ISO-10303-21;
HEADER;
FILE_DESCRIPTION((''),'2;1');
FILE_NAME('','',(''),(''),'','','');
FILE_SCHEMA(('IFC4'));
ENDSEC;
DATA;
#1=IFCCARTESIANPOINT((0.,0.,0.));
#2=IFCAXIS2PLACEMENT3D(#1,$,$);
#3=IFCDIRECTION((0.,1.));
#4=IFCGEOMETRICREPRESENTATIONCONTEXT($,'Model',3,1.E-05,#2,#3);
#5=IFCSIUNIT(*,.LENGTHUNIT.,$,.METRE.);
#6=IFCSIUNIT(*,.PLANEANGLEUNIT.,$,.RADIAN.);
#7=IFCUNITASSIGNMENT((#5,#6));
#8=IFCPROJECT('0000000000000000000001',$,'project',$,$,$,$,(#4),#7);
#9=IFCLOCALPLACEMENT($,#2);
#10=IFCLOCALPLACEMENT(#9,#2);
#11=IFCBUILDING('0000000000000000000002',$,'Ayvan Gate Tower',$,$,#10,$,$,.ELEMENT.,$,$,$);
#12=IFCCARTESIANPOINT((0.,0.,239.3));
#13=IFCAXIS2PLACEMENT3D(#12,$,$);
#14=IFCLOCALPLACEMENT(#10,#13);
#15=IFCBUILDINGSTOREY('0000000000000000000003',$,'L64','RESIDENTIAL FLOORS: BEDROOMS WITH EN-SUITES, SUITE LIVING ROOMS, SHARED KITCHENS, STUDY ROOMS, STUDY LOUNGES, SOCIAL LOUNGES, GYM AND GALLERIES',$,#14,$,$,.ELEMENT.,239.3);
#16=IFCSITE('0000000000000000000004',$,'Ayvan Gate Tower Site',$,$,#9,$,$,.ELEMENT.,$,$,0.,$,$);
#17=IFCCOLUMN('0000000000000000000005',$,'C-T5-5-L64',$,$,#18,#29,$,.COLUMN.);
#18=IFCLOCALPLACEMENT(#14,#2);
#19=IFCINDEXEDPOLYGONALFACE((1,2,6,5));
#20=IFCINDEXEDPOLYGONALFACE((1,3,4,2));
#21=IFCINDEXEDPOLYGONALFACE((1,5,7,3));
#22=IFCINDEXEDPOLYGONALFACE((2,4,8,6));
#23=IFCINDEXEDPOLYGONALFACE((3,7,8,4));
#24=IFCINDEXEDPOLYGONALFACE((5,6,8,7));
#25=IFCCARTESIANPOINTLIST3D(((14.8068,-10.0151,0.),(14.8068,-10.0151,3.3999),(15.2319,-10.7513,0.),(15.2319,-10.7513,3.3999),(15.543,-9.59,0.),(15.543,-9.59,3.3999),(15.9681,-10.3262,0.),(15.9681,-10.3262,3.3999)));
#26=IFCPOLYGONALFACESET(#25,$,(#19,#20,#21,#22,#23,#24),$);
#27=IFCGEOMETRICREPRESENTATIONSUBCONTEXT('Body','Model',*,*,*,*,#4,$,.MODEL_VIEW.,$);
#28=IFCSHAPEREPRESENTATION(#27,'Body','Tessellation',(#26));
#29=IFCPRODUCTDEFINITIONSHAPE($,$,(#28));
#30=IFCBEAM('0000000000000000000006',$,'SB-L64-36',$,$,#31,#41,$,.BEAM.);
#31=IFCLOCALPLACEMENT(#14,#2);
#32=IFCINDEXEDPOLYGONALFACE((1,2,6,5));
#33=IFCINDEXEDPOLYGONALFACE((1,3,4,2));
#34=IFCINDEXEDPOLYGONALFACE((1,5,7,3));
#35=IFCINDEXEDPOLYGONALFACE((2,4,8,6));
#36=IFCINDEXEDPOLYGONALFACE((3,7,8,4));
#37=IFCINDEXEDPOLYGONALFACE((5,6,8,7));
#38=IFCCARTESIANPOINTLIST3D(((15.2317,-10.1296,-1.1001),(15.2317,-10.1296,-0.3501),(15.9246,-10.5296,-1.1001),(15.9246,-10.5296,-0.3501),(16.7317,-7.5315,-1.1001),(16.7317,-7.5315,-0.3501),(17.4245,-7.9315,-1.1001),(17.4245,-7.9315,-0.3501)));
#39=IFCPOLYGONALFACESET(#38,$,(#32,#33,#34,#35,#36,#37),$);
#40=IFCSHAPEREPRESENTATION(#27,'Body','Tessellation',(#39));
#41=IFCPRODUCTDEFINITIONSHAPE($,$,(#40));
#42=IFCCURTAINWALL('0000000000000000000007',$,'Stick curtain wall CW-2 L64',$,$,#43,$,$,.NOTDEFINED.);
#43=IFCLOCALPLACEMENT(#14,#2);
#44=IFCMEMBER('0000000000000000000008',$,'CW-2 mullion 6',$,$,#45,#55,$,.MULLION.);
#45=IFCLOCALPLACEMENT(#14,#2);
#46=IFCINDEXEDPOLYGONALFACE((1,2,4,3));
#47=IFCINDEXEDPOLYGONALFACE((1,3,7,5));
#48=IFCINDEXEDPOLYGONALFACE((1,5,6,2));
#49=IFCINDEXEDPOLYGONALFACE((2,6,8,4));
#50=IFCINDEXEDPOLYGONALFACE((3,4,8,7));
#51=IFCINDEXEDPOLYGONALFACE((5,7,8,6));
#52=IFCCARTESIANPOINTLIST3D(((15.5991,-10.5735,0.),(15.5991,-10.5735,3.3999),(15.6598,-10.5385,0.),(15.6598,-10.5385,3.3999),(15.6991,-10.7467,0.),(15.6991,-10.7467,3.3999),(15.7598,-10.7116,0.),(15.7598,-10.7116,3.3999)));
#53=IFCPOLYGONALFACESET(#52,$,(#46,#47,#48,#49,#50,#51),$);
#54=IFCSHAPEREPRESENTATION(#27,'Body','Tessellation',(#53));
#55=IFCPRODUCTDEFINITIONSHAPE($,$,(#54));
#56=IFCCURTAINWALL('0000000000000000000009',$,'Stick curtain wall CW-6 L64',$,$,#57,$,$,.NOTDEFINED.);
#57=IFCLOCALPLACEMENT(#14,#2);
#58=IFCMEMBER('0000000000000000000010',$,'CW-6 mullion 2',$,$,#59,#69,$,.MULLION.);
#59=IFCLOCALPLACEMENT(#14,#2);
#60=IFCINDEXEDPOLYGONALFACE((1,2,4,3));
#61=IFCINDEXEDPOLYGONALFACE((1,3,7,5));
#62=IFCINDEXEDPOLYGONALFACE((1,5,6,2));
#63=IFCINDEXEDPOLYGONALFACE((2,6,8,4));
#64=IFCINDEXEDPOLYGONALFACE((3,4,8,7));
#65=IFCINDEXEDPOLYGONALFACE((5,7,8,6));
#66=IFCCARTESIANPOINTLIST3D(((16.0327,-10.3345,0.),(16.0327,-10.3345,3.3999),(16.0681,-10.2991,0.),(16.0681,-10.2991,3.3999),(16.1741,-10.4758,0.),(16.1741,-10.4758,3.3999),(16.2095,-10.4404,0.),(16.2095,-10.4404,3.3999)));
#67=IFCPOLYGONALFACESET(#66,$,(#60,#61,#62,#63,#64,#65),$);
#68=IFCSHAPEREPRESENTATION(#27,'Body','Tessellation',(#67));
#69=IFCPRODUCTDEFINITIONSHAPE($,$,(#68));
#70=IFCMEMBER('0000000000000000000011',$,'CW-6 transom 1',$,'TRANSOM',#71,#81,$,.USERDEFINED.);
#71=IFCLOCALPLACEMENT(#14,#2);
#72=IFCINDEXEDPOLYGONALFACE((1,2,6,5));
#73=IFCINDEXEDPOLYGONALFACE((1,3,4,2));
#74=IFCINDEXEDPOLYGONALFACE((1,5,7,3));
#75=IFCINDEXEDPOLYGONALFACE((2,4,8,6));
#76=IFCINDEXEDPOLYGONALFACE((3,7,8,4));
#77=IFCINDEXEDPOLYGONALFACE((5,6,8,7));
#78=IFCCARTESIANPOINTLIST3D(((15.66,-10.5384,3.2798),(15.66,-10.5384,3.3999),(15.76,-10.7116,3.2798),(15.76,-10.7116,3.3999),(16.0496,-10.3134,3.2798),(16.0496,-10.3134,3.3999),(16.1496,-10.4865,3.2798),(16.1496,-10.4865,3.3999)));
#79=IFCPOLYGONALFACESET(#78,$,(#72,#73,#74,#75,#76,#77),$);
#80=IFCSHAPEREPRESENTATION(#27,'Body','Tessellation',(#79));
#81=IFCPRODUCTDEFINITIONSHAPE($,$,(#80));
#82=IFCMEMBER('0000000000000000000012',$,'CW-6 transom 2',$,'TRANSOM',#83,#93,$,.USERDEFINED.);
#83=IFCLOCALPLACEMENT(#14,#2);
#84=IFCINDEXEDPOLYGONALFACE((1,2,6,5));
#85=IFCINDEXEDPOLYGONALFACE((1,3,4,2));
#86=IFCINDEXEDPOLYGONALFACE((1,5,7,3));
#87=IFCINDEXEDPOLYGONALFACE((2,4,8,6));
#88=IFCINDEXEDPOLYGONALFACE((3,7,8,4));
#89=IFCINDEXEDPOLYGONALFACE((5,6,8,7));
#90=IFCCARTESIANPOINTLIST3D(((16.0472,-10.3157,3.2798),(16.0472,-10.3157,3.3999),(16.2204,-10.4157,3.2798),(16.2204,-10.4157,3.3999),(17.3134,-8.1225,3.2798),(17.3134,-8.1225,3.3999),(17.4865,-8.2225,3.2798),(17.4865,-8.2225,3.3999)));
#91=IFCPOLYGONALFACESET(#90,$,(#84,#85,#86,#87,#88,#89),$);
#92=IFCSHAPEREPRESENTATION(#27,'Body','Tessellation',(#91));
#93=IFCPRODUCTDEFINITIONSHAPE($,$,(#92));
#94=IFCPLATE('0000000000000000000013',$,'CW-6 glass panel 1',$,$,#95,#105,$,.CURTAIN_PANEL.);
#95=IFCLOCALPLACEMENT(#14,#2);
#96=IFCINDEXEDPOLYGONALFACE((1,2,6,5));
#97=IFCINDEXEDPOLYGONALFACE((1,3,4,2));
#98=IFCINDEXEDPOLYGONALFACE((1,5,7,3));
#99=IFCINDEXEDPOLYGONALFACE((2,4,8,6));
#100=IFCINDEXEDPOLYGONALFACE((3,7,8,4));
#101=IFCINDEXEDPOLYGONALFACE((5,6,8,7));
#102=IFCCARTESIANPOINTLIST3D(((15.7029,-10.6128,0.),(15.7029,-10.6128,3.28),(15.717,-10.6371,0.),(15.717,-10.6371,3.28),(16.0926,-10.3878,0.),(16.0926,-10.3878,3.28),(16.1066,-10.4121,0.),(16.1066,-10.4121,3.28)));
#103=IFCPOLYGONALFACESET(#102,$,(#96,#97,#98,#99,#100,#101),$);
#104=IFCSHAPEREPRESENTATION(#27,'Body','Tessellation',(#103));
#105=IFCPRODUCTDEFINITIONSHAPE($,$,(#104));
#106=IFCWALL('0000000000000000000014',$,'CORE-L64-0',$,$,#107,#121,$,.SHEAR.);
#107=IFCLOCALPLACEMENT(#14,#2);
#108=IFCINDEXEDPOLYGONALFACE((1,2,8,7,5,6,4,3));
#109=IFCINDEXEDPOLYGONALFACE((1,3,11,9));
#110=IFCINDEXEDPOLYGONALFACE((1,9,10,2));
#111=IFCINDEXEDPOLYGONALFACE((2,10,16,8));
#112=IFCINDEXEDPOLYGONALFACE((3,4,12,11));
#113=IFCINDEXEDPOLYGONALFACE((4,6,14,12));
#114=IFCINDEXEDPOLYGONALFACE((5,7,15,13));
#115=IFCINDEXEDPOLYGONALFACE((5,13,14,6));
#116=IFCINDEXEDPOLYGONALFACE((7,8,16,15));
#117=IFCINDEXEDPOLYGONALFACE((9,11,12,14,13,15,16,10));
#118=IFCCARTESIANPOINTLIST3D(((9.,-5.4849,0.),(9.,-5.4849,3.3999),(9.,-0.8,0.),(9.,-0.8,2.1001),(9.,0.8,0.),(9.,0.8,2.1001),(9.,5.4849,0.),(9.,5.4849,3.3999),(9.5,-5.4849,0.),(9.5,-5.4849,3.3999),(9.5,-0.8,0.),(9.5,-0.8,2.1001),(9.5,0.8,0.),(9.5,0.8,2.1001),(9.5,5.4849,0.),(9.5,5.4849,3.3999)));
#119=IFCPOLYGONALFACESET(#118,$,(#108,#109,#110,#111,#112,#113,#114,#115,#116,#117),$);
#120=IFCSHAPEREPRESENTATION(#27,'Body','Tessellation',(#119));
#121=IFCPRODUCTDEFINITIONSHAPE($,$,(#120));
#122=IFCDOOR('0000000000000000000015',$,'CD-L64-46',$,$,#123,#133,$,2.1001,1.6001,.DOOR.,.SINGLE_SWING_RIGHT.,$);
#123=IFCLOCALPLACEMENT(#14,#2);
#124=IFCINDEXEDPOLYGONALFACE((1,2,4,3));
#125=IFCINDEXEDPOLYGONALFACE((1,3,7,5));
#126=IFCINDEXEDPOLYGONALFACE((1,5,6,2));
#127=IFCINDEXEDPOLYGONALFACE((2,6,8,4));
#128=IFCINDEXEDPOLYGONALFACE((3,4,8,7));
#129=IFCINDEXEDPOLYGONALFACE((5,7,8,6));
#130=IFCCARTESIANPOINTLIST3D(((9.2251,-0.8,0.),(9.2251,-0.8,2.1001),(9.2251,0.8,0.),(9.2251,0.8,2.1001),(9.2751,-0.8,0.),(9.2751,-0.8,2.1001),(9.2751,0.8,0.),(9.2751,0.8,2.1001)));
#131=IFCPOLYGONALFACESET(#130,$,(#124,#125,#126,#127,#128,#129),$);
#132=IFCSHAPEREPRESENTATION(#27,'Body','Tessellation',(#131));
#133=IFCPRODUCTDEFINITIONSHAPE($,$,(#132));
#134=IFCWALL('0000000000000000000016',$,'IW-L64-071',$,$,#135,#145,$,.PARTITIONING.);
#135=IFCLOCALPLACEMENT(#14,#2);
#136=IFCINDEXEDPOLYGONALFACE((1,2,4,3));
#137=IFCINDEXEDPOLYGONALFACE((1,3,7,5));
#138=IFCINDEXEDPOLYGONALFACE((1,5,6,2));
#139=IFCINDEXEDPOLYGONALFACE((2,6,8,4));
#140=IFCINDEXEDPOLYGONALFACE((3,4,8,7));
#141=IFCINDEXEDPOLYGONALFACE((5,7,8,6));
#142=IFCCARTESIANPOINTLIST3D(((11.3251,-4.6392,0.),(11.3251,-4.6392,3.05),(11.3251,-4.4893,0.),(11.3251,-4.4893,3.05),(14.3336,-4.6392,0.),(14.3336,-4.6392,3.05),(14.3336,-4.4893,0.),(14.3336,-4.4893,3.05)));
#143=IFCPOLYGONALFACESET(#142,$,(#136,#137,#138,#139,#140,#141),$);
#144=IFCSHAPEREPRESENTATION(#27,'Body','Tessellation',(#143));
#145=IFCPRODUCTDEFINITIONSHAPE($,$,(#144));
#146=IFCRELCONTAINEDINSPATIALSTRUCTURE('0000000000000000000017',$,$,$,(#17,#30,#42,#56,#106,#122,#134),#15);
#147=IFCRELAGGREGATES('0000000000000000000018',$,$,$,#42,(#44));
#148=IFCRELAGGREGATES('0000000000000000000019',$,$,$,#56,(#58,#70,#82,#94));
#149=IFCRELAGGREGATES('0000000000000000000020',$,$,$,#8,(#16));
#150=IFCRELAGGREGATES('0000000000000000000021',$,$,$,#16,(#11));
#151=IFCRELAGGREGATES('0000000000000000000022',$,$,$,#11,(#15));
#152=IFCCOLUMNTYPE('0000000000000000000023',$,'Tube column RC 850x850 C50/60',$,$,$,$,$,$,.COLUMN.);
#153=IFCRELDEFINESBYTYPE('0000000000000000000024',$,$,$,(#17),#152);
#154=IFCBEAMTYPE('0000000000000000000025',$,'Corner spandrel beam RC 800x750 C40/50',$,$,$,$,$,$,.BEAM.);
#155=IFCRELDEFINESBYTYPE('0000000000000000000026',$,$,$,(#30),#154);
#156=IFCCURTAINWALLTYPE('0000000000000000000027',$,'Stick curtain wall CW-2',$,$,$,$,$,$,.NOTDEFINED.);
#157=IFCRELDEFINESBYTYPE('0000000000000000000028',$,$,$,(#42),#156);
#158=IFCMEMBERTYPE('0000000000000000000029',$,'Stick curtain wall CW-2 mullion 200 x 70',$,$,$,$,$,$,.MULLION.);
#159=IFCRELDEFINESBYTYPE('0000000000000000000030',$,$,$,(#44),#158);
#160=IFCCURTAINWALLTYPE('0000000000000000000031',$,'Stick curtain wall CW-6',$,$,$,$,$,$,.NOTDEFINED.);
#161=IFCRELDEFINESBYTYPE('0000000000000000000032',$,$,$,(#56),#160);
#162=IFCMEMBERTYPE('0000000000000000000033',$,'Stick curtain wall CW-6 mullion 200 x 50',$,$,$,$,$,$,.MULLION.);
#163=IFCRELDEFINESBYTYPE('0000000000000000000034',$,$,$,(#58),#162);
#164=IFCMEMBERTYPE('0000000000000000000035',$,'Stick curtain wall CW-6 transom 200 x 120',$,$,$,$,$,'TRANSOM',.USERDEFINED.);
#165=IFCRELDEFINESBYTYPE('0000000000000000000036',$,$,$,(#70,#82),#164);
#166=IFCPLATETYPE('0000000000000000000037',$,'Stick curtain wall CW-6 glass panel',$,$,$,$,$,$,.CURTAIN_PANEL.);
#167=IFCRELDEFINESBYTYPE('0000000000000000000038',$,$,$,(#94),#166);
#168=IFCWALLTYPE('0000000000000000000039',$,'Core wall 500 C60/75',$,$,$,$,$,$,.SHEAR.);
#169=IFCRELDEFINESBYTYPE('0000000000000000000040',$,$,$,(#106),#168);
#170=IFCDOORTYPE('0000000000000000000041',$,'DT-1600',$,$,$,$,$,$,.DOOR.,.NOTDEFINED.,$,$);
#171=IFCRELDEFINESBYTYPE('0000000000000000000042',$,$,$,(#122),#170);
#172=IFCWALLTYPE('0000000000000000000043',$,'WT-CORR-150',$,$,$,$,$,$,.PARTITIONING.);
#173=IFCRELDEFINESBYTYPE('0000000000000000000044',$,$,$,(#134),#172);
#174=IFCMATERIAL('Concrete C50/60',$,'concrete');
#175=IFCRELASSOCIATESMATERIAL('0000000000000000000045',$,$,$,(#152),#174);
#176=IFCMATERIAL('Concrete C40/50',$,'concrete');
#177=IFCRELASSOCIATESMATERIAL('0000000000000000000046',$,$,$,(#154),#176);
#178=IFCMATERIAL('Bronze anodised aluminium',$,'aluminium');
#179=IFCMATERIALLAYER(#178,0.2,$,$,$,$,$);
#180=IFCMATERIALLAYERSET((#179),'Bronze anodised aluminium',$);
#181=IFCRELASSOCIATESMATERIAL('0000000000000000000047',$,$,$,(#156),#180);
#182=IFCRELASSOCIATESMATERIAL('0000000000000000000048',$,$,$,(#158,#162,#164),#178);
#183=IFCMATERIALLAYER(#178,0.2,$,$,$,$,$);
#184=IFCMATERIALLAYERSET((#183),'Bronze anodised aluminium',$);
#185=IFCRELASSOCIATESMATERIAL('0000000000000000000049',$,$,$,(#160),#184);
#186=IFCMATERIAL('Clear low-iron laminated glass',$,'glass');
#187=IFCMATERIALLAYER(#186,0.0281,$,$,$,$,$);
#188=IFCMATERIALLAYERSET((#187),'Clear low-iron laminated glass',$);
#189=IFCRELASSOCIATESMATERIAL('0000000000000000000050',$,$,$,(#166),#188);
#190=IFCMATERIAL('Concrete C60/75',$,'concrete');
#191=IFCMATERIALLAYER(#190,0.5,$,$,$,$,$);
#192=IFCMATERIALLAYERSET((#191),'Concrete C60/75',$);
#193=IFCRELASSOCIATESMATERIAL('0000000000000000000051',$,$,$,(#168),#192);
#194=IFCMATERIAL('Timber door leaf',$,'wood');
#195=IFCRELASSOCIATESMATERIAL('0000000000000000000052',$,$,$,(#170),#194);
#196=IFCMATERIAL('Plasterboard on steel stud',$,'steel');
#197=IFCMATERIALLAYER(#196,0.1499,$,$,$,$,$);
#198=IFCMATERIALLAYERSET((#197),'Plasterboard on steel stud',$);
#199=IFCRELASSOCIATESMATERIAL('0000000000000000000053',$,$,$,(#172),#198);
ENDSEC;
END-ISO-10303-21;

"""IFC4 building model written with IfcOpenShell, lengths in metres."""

from ifc_helpers import new_model, si_unit, direction, frame, frame_2d, origin, origin_2d, place, context, subcontext, project, spatial, rectangle, extrude, material, layer, layer_set, material_profile, profile_set, type_object, element, fill, aggregate, save


model = new_model("IFC4")

# Units and contexts
model_context = context("Model", 3, precision=1e-05, world=origin(), true_north=direction((0.0, 1.0)))
body_context = subcontext(model_context, "Body", "Model", "MODEL_VIEW")
ifc_project = project(units=[si_unit("LENGTHUNIT", "METRE"), si_unit("PLANEANGLEUNIT", "RADIAN")], contexts=[model_context])

# Site, building, storey
site_placement = place(None, origin())
site = spatial("IfcSite", under=ifc_project, at=site_placement, Name="Ayvan Gate Tower Site", CompositionType="ELEMENT", RefElevation=0.0)
building_placement = place(site_placement, origin())
building = spatial("IfcBuilding", under=site, at=building_placement, Name="Ayvan Gate Tower", CompositionType="ELEMENT")
storey_placement = place(building_placement, frame((0.0, 0.0, 239.3)))
storey = spatial("IfcBuildingStorey", under=building, at=storey_placement, Name="L64", Description="RESIDENTIAL FLOORS: BEDROOMS WITH EN-SUITES, SUITE LIVING ROOMS, SHARED KITCHENS, STUDY ROOMS, STUDY LOUNGES, SOCIAL LOUNGES, GYM AND GALLERIES", CompositionType="ELEMENT", Elevation=239.3)

# Column
ifc_material_1 = material(Name="Concrete C50/60", Category="concrete")
ifc_material_profile_1 = material_profile(ifc_material_1, rectangle(XDim=0.8501, YDim=0.8501, at=origin_2d()), Name="RC 850x850")
ifc_profile_set_1 = profile_set([ifc_material_profile_1], Name="Concrete C50/60")
column_type = type_object("IfcColumnType", Name="Tube column RC 850x850 C50/60", PredefinedType="COLUMN", material=ifc_profile_set_1)
column_placement = place(storey_placement, frame((15.3875, -10.1707, 0.0), z_axis=(0.0, 0.0, 1.0), x_axis=(0.5, -0.866025, 0.0)))
element("IfcColumn", 1, at=column_placement, inside=storey, type_object=column_type, Name="C-T5-5-L64", PredefinedType="COLUMN", context=body_context, shape_type="SweptSolid", body=[
    extrude(rectangle(XDim=0.8501, YDim=0.8501, at=origin_2d()), origin(), (0.0, 0.0, 1.0), 3.3999),
])

# Beam
ifc_material_2 = material(Name="Concrete C40/50", Category="concrete")
ifc_material_profile_2 = material_profile(ifc_material_2, rectangle(XDim=0.8, YDim=0.75, at=origin_2d()), Name="RC 800x750")
ifc_profile_set_2 = profile_set([ifc_material_profile_2], Name="Concrete C40/50")
beam_type = type_object("IfcBeamType", Name="Corner spandrel beam RC 800x750 C40/50", PredefinedType="BEAM", material=ifc_profile_set_2)
beam_placement = place(storey_placement, frame((15.5781, -10.3296, -0.7251), z_axis=(0.49999, 0.866031, 0.0), x_axis=(-0.866031, 0.49999, 0.0)))
element("IfcBeam", 2, at=beam_placement, inside=storey, type_object=beam_type, Name="SB-L64-36", PredefinedType="BEAM", context=body_context, shape_type="SweptSolid", body=[
    extrude(rectangle(XDim=0.8, YDim=0.75, at=origin_2d()), origin(), (0.0, 0.0, 1.0), 3.0),
])

# Curtain wall, member
ifc_material_3 = material(Name="Bronze anodised aluminium", Category="aluminium")
ifc_layer_1 = layer(ifc_material_3, 0.2)
ifc_layer_set_1 = layer_set([ifc_layer_1], Name="Bronze anodised aluminium")
curtain_wall_type_1 = type_object("IfcCurtainWallType", Name="Stick curtain wall CW-2", PredefinedType="NOTDEFINED", material=ifc_layer_set_1)
curtain_wall_1_placement = place(storey_placement, origin())
curtain_wall_1 = element("IfcCurtainWall", 3, at=curtain_wall_1_placement, inside=storey, type_object=curtain_wall_type_1, Name="Stick curtain wall CW-2 L64", PredefinedType="NOTDEFINED")
ifc_material_profile_3 = material_profile(ifc_material_3, rectangle(XDim=0.2, YDim=0.0701, at=origin_2d()), Name="Stick curtain wall CW-2 mullion 200 x 70")
ifc_profile_set_3 = profile_set([ifc_material_profile_3], Name="Bronze anodised aluminium")
member_type_1 = type_object("IfcMemberType", Name="Stick curtain wall CW-2 mullion 200 x 70", PredefinedType="MULLION", material=ifc_profile_set_3)
member_1_placement = place(storey_placement, frame((15.6794, -10.6426, 0.0), z_axis=(0.0, 0.0, 1.0), x_axis=(0.5, -0.866025, 0.0)))
member_1 = element("IfcMember", 4, at=member_1_placement, type_object=member_type_1, Name="CW-2 mullion 6", PredefinedType="MULLION", context=body_context, shape_type="SweptSolid", body=[
    extrude(rectangle(XDim=0.2, YDim=0.0701, at=origin_2d()), origin(), (0.0, 0.0, 1.0), 3.3999),
])
aggregate(curtain_wall_1, [member_1])

# Curtain wall, members, plate
ifc_layer_2 = layer(ifc_material_3, 0.2)
ifc_layer_set_2 = layer_set([ifc_layer_2], Name="Bronze anodised aluminium")
curtain_wall_type_2 = type_object("IfcCurtainWallType", Name="Stick curtain wall CW-6", PredefinedType="NOTDEFINED", material=ifc_layer_set_2)
curtain_wall_2_placement = place(storey_placement, origin())
curtain_wall_2 = element("IfcCurtainWall", 5, at=curtain_wall_2_placement, inside=storey, type_object=curtain_wall_type_2, Name="Stick curtain wall CW-6 L64", PredefinedType="NOTDEFINED")
ifc_material_profile_4 = material_profile(ifc_material_3, rectangle(XDim=0.2, YDim=0.05, at=origin_2d()), Name="Stick curtain wall CW-6 mullion 200 x 50")
ifc_profile_set_4 = profile_set([ifc_material_profile_4], Name="Bronze anodised aluminium")
member_type_2 = type_object("IfcMemberType", Name="Stick curtain wall CW-6 mullion 200 x 50", PredefinedType="MULLION", material=ifc_profile_set_4)
member_2_placement = place(storey_placement, frame((16.1211, -10.3875, 0.0), z_axis=(0.0, 0.0, 1.0), x_axis=(0.707107, -0.707107, 0.0)))
member_2 = element("IfcMember", 6, at=member_2_placement, type_object=member_type_2, Name="CW-6 mullion 2", PredefinedType="MULLION", context=body_context, shape_type="SweptSolid", body=[
    extrude(rectangle(XDim=0.2, YDim=0.05, at=origin_2d()), origin(), (0.0, 0.0, 1.0), 3.3999),
])
ifc_material_profile_5 = material_profile(ifc_material_3, rectangle(XDim=0.2, YDim=0.1201, at=origin_2d()), Name="Stick curtain wall CW-6 transom 200 x 120")
ifc_profile_set_5 = profile_set([ifc_material_profile_5], Name="Bronze anodised aluminium")
member_type_3 = type_object("IfcMemberType", Name="Stick curtain wall CW-6 transom 200 x 120", ElementType="TRANSOM", PredefinedType="USERDEFINED", material=ifc_profile_set_5)
member_3_placement = place(storey_placement, frame((15.71, -10.625, 3.3398), z_axis=(0.865896, 0.500223, 0.0), x_axis=(-0.500223, 0.865896, 0.0)))
member_3 = element("IfcMember", 7, at=member_3_placement, type_object=member_type_3, Name="CW-6 transom 1", ObjectType="TRANSOM", PredefinedType="USERDEFINED", context=body_context, shape_type="SweptSolid", body=[
    extrude(rectangle(XDim=0.2, YDim=0.1201, at=origin_2d()), origin(), (0.0, 0.0, 1.0), 0.45),
])
member_4_placement = place(storey_placement, frame((16.1338, -10.3657, 3.3398), z_axis=(0.499976, 0.866039, 0.0), x_axis=(-0.866039, 0.499976, 0.0)))
member_4 = element("IfcMember", 8, at=member_4_placement, type_object=member_type_3, Name="CW-6 transom 2", ObjectType="TRANSOM", PredefinedType="USERDEFINED", context=body_context, shape_type="SweptSolid", body=[
    extrude(rectangle(XDim=0.2, YDim=0.1201, at=origin_2d()), origin(), (0.0, 0.0, 1.0), 2.5325),
])
ifc_material_4 = material(Name="Clear low-iron laminated glass", Category="glass")
ifc_layer_3 = layer(ifc_material_4, 0.0281)
ifc_layer_set_3 = layer_set([ifc_layer_3], Name="Clear low-iron laminated glass")
plate_type = type_object("IfcPlateType", Name="Stick curtain wall CW-6 glass panel", PredefinedType="CURTAIN_PANEL", material=ifc_layer_set_3)
plate_placement = place(storey_placement, frame((15.9048, -10.5125, 0.0), z_axis=(0.0, 0.0, 1.0), x_axis=(0.866025, 0.5, 0.0)))
plate = element("IfcPlate", 9, at=plate_placement, type_object=plate_type, Name="CW-6 glass panel 1", PredefinedType="CURTAIN_PANEL", context=body_context, shape_type="SweptSolid", body=[
    extrude(rectangle(XDim=0.45, YDim=0.0281, at=origin_2d()), origin(), (0.0, 0.0, 1.0), 3.28),
])
aggregate(curtain_wall_2, [member_2, member_3, member_4, plate])

# Wall, opening, door
ifc_material_5 = material(Name="Concrete C60/75", Category="concrete")
ifc_layer_4 = layer(ifc_material_5, 0.5)
ifc_layer_set_4 = layer_set([ifc_layer_4], Name="Concrete C60/75")
wall_type_1 = type_object("IfcWallType", Name="Core wall 500 C60/75", PredefinedType="SHEAR", material=ifc_layer_set_4)
wall_1_placement = place(storey_placement, frame((9.25, -5.4849, 0.0), z_axis=(0.0, 0.0, 1.0), x_axis=(0.0, 1.0, 0.0)))
wall_1 = element("IfcWall", 10, at=wall_1_placement, inside=storey, type_object=wall_type_1, Name="CORE-L64-0", PredefinedType="SHEAR", context=body_context, shape_type="SweptSolid", body=[
    extrude(rectangle(XDim=10.9697, YDim=0.5, at=frame_2d((5.4849, 0.0))), origin(), (0.0, 0.0, 1.0), 3.3999),
])
opening_1_placement = place(wall_1_placement, frame((4.6848, 0.0, 0.0)))
opening_1 = element("IfcOpeningElement", 11, at=opening_1_placement, cuts=wall_1, PredefinedType="OPENING", context=body_context, shape_type="SweptSolid", body=[
    extrude(rectangle(XDim=1.6001, YDim=2.1001, at=frame_2d((0.8, 1.05))), frame((0.0, 0.26, 0.0), z_axis=(0.0, -1.0, 0.0), x_axis=(1.0, 0.0, 0.0)), (0.0, 0.0, 1.0), 0.52),
])
ifc_material_6 = material(Name="Timber door leaf", Category="wood")
door_type_1 = type_object("IfcDoorType", Name="DT-1600", OperationType="NOTDEFINED", PredefinedType="DOOR", material=ifc_material_6)
door_1_placement = place(opening_1_placement, origin())
door_1 = element("IfcDoor", 12, at=door_1_placement, inside=storey, type_object=door_type_1, Name="CD-L64-46", OperationType="SINGLE_SWING_RIGHT", OverallHeight=2.1001, OverallWidth=1.6001, PredefinedType="DOOR", context=body_context, shape_type="SweptSolid", body=[
    extrude(rectangle(XDim=1.6001, YDim=2.1001, at=frame_2d((0.8, 1.05))), frame((0.0, 0.0249, 0.0), z_axis=(0.0, -1.0, 0.0), x_axis=(1.0, 0.0, 0.0)), (0.0, 0.0, 1.0), 0.05),
])
fill(opening_1, door_1)

# Wall
ifc_material_7 = material(Name="Plasterboard on steel stud", Category="steel")
ifc_layer_5 = layer(ifc_material_7, 0.1499)
ifc_layer_set_5 = layer_set([ifc_layer_5], Name="Plasterboard on steel stud")
wall_type_2 = type_object("IfcWallType", Name="WT-CORR-150", PredefinedType="PARTITIONING", material=ifc_layer_set_5)
wall_2_placement = place(storey_placement, frame((11.325, -4.5642, 0.0), z_axis=(0.0, 0.0, 1.0), x_axis=(1.0, 0.0, 0.0)))
element("IfcWall", 13, at=wall_2_placement, inside=storey, type_object=wall_type_2, Name="IW-L64-071", PredefinedType="PARTITIONING", context=body_context, shape_type="SweptSolid", body=[
    extrude(rectangle(XDim=3.0085, YDim=0.1499, at=frame_2d((1.5044, 0.0))), origin(), (0.0, 0.0, 1.0), 3.05),
])

save(model, "model.ifc")
